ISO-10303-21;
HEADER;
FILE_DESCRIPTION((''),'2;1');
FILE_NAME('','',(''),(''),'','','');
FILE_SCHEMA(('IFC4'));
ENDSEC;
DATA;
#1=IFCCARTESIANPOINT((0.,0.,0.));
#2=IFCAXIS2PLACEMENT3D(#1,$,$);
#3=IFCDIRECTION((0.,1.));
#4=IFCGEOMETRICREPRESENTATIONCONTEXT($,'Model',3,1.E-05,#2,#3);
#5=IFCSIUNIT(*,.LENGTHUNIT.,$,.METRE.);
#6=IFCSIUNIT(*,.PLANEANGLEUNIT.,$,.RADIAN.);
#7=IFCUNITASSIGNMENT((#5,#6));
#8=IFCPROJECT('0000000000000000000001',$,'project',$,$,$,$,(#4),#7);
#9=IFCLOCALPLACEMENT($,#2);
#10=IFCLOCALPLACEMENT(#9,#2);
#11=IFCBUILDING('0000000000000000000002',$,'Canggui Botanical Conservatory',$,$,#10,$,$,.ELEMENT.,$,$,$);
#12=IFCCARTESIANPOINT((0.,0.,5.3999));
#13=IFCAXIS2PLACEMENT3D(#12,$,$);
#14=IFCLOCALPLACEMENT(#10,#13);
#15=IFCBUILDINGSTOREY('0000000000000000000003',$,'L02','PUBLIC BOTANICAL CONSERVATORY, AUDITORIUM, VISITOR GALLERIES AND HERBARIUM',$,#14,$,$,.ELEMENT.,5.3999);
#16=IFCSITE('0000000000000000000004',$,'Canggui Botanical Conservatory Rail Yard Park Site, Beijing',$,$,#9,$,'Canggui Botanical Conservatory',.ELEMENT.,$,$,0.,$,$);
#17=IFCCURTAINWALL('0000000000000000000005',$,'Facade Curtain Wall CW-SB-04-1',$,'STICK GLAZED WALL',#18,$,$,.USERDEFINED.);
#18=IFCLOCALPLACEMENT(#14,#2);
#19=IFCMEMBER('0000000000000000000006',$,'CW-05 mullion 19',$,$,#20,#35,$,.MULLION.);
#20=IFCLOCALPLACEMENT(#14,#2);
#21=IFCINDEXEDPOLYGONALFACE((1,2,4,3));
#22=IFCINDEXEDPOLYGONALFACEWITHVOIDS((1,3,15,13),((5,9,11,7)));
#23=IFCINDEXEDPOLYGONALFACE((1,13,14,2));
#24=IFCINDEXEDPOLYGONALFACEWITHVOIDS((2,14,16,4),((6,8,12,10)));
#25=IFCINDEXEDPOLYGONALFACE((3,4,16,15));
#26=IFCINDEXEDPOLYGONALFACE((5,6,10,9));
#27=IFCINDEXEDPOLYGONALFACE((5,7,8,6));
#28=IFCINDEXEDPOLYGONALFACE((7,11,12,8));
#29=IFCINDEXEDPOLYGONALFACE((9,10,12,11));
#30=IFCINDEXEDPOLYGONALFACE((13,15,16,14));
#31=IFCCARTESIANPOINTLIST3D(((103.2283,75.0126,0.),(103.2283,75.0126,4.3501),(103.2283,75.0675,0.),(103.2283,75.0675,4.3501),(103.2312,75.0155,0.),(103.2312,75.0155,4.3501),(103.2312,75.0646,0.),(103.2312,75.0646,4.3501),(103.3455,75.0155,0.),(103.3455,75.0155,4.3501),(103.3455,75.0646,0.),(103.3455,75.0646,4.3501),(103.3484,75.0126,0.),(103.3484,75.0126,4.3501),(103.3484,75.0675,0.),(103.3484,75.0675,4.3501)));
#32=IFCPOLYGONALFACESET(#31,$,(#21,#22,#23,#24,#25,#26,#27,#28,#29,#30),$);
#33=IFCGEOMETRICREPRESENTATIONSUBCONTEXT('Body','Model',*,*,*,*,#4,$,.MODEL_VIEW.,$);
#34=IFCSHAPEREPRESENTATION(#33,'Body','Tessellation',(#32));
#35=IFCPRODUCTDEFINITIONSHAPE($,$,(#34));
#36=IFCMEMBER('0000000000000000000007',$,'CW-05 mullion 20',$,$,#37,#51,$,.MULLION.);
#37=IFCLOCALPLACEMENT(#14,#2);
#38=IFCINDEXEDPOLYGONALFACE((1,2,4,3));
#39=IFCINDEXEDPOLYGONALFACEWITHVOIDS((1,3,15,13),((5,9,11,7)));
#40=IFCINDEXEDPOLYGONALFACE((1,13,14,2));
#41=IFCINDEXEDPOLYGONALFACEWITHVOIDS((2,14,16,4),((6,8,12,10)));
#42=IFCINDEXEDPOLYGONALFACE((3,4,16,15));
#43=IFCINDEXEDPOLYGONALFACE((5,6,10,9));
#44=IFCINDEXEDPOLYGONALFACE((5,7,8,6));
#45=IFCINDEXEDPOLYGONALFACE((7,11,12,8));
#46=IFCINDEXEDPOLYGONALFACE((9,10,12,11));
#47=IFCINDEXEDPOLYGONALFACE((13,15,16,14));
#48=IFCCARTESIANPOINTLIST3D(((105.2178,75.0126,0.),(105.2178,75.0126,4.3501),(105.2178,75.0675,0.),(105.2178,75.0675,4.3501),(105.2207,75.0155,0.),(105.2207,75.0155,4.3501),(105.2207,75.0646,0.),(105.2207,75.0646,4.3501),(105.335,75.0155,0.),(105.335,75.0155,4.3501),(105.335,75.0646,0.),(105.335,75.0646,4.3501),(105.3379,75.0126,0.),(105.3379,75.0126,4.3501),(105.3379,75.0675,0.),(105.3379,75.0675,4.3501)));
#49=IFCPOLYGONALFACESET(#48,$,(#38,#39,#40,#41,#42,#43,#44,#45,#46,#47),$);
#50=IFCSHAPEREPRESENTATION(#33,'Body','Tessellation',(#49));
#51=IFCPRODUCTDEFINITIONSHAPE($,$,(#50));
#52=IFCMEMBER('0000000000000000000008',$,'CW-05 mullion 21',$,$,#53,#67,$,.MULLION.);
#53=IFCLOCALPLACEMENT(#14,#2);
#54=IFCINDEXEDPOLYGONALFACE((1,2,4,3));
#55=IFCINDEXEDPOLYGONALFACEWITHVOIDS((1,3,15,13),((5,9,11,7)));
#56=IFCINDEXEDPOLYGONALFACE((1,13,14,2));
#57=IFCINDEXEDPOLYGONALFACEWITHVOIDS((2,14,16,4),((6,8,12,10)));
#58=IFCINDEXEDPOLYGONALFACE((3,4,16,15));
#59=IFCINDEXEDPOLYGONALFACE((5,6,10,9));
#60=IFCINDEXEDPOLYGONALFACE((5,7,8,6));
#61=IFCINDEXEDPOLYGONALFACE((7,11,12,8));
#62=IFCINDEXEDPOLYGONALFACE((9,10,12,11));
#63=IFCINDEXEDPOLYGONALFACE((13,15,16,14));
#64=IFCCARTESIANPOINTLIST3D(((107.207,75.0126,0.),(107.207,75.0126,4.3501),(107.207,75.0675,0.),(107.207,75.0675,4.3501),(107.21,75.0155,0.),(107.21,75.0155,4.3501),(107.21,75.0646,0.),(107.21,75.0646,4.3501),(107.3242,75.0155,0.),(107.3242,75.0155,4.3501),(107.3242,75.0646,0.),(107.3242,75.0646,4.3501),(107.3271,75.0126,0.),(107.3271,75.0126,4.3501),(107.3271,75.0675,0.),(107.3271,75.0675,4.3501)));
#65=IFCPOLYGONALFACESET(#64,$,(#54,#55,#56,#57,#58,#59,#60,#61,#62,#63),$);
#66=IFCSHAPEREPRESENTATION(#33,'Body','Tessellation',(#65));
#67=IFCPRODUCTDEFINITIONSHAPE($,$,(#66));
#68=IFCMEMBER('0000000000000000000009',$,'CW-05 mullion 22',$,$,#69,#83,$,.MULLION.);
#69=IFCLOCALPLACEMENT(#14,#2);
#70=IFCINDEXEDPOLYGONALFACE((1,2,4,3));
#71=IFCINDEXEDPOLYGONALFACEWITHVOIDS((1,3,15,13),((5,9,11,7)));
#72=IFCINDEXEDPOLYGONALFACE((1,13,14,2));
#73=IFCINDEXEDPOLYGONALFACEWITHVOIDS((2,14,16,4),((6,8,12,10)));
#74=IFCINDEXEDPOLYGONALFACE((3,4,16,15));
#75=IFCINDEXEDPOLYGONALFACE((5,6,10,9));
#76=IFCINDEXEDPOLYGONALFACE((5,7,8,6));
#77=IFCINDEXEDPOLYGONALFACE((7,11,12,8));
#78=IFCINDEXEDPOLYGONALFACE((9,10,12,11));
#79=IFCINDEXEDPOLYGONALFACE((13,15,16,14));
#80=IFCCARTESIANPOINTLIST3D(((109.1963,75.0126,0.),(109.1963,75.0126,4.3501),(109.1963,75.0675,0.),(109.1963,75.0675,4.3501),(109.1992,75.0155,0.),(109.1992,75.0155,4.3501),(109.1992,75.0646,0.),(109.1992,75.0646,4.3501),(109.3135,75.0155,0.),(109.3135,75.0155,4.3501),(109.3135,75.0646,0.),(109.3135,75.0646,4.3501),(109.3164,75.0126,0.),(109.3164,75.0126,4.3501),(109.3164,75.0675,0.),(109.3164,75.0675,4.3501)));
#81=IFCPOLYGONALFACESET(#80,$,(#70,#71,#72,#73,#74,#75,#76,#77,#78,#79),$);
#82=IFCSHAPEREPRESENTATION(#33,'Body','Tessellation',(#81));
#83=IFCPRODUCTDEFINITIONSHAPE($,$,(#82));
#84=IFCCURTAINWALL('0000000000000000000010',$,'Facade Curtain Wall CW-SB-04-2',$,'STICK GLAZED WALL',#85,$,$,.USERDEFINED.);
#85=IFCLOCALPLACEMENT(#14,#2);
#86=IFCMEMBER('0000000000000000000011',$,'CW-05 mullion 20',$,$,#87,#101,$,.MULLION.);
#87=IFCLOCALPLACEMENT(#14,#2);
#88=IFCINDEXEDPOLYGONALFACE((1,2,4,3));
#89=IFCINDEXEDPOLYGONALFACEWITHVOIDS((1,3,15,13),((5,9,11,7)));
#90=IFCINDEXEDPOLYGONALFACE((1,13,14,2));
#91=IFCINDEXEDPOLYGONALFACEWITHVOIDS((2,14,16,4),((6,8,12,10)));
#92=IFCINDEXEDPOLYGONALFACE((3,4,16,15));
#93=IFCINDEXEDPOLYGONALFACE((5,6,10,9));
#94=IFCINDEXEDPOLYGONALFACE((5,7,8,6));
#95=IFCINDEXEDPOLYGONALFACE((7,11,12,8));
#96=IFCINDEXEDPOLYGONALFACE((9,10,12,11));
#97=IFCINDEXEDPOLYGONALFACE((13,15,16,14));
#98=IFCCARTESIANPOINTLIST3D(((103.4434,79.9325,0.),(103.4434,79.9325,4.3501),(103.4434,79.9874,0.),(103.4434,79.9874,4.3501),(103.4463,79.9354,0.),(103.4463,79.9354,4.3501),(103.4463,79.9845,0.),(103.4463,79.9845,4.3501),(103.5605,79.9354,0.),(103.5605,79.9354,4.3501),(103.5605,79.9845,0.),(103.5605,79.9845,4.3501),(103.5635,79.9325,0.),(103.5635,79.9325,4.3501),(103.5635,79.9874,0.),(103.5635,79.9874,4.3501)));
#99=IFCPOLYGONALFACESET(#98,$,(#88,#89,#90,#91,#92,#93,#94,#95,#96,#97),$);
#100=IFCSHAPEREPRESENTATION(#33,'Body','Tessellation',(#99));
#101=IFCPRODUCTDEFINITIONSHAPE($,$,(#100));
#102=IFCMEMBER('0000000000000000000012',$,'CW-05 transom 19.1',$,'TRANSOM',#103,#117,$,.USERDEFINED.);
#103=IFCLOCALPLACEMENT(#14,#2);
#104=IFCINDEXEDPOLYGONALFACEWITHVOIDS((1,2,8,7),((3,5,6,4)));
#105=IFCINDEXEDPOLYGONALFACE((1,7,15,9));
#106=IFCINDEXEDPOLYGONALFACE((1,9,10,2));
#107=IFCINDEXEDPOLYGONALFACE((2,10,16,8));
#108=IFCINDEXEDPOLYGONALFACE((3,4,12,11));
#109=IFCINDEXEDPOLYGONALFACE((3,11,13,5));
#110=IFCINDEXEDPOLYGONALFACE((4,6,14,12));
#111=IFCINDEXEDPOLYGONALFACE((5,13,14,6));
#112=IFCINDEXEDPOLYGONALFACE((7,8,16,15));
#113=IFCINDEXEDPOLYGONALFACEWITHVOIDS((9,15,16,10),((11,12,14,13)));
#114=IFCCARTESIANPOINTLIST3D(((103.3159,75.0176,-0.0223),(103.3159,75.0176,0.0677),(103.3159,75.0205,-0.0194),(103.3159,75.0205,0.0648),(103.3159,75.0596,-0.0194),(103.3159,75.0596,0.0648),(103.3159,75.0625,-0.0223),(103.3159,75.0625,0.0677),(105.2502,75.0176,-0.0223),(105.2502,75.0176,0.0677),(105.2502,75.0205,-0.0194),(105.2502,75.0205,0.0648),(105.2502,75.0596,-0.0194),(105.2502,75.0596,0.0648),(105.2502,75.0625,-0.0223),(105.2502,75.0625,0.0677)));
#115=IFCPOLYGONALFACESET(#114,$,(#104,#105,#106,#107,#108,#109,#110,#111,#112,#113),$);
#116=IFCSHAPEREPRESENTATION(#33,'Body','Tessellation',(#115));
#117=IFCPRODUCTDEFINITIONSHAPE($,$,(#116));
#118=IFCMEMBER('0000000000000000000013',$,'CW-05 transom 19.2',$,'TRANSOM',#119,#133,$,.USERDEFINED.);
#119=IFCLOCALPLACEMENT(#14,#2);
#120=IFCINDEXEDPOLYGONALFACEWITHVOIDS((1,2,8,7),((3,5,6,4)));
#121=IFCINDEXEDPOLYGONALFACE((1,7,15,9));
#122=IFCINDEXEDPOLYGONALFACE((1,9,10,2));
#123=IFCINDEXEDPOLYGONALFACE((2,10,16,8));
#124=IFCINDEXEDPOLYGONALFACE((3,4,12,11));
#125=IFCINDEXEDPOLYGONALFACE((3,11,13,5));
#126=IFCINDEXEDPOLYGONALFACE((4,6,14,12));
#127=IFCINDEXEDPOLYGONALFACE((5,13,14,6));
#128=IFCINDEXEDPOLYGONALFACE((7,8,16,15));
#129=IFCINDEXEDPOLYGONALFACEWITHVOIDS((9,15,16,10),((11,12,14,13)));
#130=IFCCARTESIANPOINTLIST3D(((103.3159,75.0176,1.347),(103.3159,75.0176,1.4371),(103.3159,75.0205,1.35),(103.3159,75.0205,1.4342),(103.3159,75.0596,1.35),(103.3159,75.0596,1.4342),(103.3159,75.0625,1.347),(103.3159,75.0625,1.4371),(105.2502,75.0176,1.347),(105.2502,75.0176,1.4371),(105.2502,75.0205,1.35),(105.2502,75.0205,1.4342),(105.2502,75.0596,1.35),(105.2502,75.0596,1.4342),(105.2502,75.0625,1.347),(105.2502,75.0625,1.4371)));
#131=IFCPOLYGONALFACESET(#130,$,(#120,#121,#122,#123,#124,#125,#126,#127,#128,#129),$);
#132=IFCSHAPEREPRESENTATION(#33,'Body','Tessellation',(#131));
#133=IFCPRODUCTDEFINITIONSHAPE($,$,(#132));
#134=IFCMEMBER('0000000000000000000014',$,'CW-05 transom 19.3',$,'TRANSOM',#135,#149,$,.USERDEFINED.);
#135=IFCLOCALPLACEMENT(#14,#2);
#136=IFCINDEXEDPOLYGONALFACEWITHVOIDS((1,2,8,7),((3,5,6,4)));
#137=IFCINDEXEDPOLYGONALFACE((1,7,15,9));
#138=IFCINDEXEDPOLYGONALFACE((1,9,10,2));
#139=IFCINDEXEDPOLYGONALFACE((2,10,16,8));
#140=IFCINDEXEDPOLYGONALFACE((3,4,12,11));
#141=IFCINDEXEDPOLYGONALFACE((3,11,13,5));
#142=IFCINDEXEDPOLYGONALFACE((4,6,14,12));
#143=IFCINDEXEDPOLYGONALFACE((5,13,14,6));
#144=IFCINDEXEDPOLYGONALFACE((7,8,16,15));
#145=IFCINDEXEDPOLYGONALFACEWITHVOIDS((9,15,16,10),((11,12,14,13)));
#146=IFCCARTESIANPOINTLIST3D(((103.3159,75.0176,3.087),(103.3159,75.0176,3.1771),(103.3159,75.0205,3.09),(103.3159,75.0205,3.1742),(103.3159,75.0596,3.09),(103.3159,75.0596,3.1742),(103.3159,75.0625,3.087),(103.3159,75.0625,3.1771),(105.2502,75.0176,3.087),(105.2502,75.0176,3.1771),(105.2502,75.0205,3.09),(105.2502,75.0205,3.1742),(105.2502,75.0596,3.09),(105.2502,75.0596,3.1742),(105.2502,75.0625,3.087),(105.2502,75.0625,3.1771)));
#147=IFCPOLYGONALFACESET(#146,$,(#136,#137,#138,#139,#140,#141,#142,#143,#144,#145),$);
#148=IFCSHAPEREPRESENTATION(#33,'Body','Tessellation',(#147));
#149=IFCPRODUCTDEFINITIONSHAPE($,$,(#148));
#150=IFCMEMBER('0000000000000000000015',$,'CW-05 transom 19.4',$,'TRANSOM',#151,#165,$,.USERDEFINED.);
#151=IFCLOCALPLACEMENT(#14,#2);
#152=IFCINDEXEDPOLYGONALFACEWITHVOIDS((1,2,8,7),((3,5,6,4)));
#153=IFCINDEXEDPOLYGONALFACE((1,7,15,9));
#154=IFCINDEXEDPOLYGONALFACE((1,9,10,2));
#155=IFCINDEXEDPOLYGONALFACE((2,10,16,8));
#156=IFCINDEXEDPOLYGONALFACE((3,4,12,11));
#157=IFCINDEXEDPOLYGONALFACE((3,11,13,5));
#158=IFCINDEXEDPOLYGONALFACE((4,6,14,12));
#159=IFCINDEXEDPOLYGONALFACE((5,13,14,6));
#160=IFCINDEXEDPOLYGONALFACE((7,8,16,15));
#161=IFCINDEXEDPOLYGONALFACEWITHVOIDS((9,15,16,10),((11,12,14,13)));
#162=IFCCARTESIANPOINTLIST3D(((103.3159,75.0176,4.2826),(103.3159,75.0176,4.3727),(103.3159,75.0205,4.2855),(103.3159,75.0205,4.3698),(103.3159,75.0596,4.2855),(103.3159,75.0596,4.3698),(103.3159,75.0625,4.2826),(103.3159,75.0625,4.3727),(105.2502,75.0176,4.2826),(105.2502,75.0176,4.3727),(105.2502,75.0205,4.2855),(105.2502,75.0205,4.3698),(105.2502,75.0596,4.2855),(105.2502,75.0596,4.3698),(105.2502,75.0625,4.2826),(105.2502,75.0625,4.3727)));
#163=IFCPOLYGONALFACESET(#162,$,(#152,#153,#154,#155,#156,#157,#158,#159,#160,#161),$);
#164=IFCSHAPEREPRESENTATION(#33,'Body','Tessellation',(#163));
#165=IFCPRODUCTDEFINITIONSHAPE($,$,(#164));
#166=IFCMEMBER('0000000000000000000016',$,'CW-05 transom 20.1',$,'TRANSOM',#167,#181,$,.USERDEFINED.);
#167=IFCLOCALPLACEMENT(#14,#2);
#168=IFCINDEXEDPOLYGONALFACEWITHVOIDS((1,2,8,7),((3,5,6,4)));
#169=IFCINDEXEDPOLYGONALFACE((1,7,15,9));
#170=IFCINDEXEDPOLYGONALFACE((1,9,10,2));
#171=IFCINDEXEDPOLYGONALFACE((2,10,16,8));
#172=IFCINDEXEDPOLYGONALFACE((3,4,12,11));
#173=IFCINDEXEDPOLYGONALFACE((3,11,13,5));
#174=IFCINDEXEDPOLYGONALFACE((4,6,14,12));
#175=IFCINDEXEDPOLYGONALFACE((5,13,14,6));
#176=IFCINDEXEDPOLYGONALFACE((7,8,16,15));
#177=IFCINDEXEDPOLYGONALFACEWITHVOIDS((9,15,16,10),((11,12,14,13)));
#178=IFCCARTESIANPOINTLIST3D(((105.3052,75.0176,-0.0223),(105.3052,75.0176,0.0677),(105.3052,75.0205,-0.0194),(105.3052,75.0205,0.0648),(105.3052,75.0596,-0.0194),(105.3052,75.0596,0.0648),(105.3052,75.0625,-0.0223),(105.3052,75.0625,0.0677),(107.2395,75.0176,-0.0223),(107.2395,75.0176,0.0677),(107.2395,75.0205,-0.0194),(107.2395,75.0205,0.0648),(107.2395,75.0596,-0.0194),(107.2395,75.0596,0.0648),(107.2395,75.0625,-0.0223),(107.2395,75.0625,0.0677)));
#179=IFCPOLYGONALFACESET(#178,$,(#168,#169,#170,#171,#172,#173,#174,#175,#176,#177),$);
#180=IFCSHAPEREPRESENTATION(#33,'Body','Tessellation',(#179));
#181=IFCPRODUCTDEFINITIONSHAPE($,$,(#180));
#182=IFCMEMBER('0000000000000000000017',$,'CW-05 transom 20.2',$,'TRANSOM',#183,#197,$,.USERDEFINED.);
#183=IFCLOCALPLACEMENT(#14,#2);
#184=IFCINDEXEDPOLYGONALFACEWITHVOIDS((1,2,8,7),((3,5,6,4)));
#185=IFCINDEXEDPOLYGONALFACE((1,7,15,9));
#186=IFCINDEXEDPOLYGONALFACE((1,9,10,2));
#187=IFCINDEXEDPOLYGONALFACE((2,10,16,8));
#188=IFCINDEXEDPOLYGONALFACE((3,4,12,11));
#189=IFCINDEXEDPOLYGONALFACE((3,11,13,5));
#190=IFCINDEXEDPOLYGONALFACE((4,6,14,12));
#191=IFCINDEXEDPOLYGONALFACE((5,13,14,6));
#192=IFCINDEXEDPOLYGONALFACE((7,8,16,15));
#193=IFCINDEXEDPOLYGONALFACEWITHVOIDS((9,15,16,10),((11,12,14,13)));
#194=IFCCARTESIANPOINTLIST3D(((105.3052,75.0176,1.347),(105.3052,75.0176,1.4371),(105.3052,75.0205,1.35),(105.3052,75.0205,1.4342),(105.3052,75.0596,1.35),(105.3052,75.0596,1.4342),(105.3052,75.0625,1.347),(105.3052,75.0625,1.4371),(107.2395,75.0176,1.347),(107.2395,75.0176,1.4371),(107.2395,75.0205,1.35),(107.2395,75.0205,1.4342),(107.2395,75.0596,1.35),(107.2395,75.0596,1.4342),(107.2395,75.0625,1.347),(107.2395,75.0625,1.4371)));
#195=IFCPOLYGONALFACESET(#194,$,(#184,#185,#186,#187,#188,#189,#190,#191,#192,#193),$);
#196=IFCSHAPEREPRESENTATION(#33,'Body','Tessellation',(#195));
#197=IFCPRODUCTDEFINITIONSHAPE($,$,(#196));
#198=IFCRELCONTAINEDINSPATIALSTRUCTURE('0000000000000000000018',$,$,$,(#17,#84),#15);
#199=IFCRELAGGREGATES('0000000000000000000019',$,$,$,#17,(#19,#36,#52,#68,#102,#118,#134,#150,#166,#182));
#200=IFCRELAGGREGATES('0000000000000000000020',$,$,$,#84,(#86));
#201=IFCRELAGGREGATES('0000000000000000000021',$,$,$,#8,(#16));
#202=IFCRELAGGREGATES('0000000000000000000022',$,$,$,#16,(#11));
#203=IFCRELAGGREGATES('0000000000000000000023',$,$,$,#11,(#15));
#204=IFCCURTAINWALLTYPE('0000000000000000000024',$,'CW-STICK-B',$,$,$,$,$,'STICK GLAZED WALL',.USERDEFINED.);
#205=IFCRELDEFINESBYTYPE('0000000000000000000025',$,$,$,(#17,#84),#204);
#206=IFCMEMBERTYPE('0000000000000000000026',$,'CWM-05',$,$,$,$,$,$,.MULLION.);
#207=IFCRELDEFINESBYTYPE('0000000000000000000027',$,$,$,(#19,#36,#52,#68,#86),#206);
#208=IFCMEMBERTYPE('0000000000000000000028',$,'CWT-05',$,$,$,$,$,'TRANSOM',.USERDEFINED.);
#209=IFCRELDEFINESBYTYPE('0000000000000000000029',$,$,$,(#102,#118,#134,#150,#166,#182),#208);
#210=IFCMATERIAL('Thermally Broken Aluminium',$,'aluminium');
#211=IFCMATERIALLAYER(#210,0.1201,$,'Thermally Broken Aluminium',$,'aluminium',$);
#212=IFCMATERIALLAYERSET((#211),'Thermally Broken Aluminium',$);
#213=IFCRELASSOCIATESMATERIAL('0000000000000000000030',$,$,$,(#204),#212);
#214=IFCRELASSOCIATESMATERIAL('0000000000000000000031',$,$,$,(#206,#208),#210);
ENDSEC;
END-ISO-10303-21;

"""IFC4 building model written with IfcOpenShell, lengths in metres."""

from ifc_helpers import new_model, si_unit, direction, frame, origin, origin_2d, place, context, subcontext, project, spatial, hollow_rectangle, extrude, material, layer, layer_set, material_profile, profile_set, type_object, element, aggregate, save


model = new_model("IFC4")

# Units and contexts
model_context = context("Model", 3, precision=1e-05, world=origin(), true_north=direction((0.0, 1.0)))
body_context = subcontext(model_context, "Body", "Model", "MODEL_VIEW")
ifc_project = project(units=[si_unit("LENGTHUNIT", "METRE"), si_unit("PLANEANGLEUNIT", "RADIAN")], contexts=[model_context])

# Site, building, storey
site_placement = place(None, origin())
site = spatial("IfcSite", under=ifc_project, at=site_placement, Name="Canggui Botanical Conservatory Rail Yard Park Site, Beijing", LongName="Canggui Botanical Conservatory", CompositionType="ELEMENT", RefElevation=0.0)
building_placement = place(site_placement, origin())
building = spatial("IfcBuilding", under=site, at=building_placement, Name="Canggui Botanical Conservatory", CompositionType="ELEMENT")
storey_placement = place(building_placement, frame((0.0, 0.0, 5.3999)))
storey = spatial("IfcBuildingStorey", under=building, at=storey_placement, Name="L02", Description="PUBLIC BOTANICAL CONSERVATORY, AUDITORIUM, VISITOR GALLERIES AND HERBARIUM", CompositionType="ELEMENT", Elevation=5.3999)

# Curtain wall, members
ifc_material_1 = material(Name="Thermally Broken Aluminium", Category="aluminium")
ifc_layer_1 = layer(ifc_material_1, 0.1201, Name="Thermally Broken Aluminium", Category="aluminium")
ifc_layer_set_1 = layer_set([ifc_layer_1], Name="Thermally Broken Aluminium")
curtain_wall_type = type_object("IfcCurtainWallType", Name="CW-STICK-B", ElementType="STICK GLAZED WALL", PredefinedType="USERDEFINED", material=ifc_layer_set_1)
curtain_wall_1_placement = place(storey_placement, origin())
curtain_wall_1 = element("IfcCurtainWall", 1, at=curtain_wall_1_placement, inside=storey, type_object=curtain_wall_type, Name="Facade Curtain Wall CW-SB-04-1", ObjectType="STICK GLAZED WALL", PredefinedType="USERDEFINED")
ifc_material_profile_1 = material_profile(ifc_material_1, hollow_rectangle(XDim=0.0549, YDim=0.1201, WallThickness=0.0029, at=origin_2d()), Name="CWM 55x120x3")
ifc_profile_set_1 = profile_set([ifc_material_profile_1], Name="Thermally Broken Aluminium")
member_type_1 = type_object("IfcMemberType", Name="CWM-05", PredefinedType="MULLION", material=ifc_profile_set_1)
member_1_placement = place(storey_placement, frame((103.2883, 75.04, 0.0), z_axis=(0.0, 0.0, 1.0), x_axis=(0.0, 1.0, 0.0)))
member_1 = element("IfcMember", 2, at=member_1_placement, type_object=member_type_1, Name="CW-05 mullion 19", PredefinedType="MULLION", context=body_context, shape_type="SweptSolid", body=[
    extrude(hollow_rectangle(XDim=0.0549, YDim=0.1201, WallThickness=0.0029, at=origin_2d()), origin(), (0.0, 0.0, 1.0), 4.3501),
])
member_2_placement = place(storey_placement, frame((105.2778, 75.04, 0.0), z_axis=(0.0, 0.0, 1.0), x_axis=(0.0, 1.0, 0.0)))
member_2 = element("IfcMember", 3, at=member_2_placement, type_object=member_type_1, Name="CW-05 mullion 20", PredefinedType="MULLION", context=body_context, shape_type="SweptSolid", body=[
    extrude(hollow_rectangle(XDim=0.0549, YDim=0.1201, WallThickness=0.0029, at=origin_2d()), origin(), (0.0, 0.0, 1.0), 4.3501),
])
member_3_placement = place(storey_placement, frame((107.2671, 75.04, 0.0), z_axis=(0.0, 0.0, 1.0), x_axis=(0.0, 1.0, 0.0)))
member_3 = element("IfcMember", 4, at=member_3_placement, type_object=member_type_1, Name="CW-05 mullion 21", PredefinedType="MULLION", context=body_context, shape_type="SweptSolid", body=[
    extrude(hollow_rectangle(XDim=0.0549, YDim=0.1201, WallThickness=0.0029, at=origin_2d()), origin(), (0.0, 0.0, 1.0), 4.3501),
])
member_4_placement = place(storey_placement, frame((109.2563, 75.04, 0.0), z_axis=(0.0, 0.0, 1.0), x_axis=(0.0, 1.0, 0.0)))
member_4 = element("IfcMember", 5, at=member_4_placement, type_object=member_type_1, Name="CW-05 mullion 22", PredefinedType="MULLION", context=body_context, shape_type="SweptSolid", body=[
    extrude(hollow_rectangle(XDim=0.0549, YDim=0.1201, WallThickness=0.0029, at=origin_2d()), origin(), (0.0, 0.0, 1.0), 4.3501),
])

# Curtain wall, member
curtain_wall_2_placement = place(storey_placement, origin())
curtain_wall_2 = element("IfcCurtainWall", 6, at=curtain_wall_2_placement, inside=storey, type_object=curtain_wall_type, Name="Facade Curtain Wall CW-SB-04-2", ObjectType="STICK GLAZED WALL", PredefinedType="USERDEFINED")
member_5_placement = place(storey_placement, frame((103.5034, 79.96, 0.0), z_axis=(0.0, 0.0, 1.0), x_axis=(0.0, 1.0, 0.0)))
member_5 = element("IfcMember", 7, at=member_5_placement, type_object=member_type_1, Name="CW-05 mullion 20", PredefinedType="MULLION", context=body_context, shape_type="SweptSolid", body=[
    extrude(hollow_rectangle(XDim=0.0549, YDim=0.1201, WallThickness=0.0029, at=origin_2d()), origin(), (0.0, 0.0, 1.0), 4.3501),
])

# Members
ifc_material_profile_2 = material_profile(ifc_material_1, hollow_rectangle(XDim=0.0449, YDim=0.0901, WallThickness=0.0029, at=origin_2d()), Name="CWT 45x90x3")
ifc_profile_set_2 = profile_set([ifc_material_profile_2], Name="Thermally Broken Aluminium")
member_type_2 = type_object("IfcMemberType", Name="CWT-05", ElementType="TRANSOM", PredefinedType="USERDEFINED", material=ifc_profile_set_2)
member_6_placement = place(storey_placement, frame((103.3159, 75.04, 0.0227), z_axis=(1.0, 0.0, 0.0), x_axis=(0.0, 1.0, 0.0)))
member_6 = element("IfcMember", 8, at=member_6_placement, type_object=member_type_2, Name="CW-05 transom 19.1", ObjectType="TRANSOM", PredefinedType="USERDEFINED", context=body_context, shape_type="SweptSolid", body=[
    extrude(hollow_rectangle(XDim=0.0449, YDim=0.0901, WallThickness=0.0029, at=origin_2d()), origin(), (0.0, 0.0, 1.0), 1.9343),
])
member_7_placement = place(storey_placement, frame((103.3159, 75.04, 1.3921), z_axis=(1.0, 0.0, 0.0), x_axis=(0.0, 1.0, 0.0)))
member_7 = element("IfcMember", 9, at=member_7_placement, type_object=member_type_2, Name="CW-05 transom 19.2", ObjectType="TRANSOM", PredefinedType="USERDEFINED", context=body_context, shape_type="SweptSolid", body=[
    extrude(hollow_rectangle(XDim=0.0449, YDim=0.0901, WallThickness=0.0029, at=origin_2d()), origin(), (0.0, 0.0, 1.0), 1.9343),
])
member_8_placement = place(storey_placement, frame((103.3159, 75.04, 3.1321), z_axis=(1.0, 0.0, 0.0), x_axis=(0.0, 1.0, 0.0)))
member_8 = element("IfcMember", 10, at=member_8_placement, type_object=member_type_2, Name="CW-05 transom 19.3", ObjectType="TRANSOM", PredefinedType="USERDEFINED", context=body_context, shape_type="SweptSolid", body=[
    extrude(hollow_rectangle(XDim=0.0449, YDim=0.0901, WallThickness=0.0029, at=origin_2d()), origin(), (0.0, 0.0, 1.0), 1.9343),
])
member_9_placement = place(storey_placement, frame((103.3159, 75.04, 4.3276), z_axis=(1.0, 0.0, 0.0), x_axis=(0.0, 1.0, 0.0)))
member_9 = element("IfcMember", 11, at=member_9_placement, type_object=member_type_2, Name="CW-05 transom 19.4", ObjectType="TRANSOM", PredefinedType="USERDEFINED", context=body_context, shape_type="SweptSolid", body=[
    extrude(hollow_rectangle(XDim=0.0449, YDim=0.0901, WallThickness=0.0029, at=origin_2d()), origin(), (0.0, 0.0, 1.0), 1.9343),
])
member_10_placement = place(storey_placement, frame((105.3052, 75.04, 0.0227), z_axis=(1.0, 0.0, 0.0), x_axis=(0.0, 1.0, 0.0)))
member_10 = element("IfcMember", 12, at=member_10_placement, type_object=member_type_2, Name="CW-05 transom 20.1", ObjectType="TRANSOM", PredefinedType="USERDEFINED", context=body_context, shape_type="SweptSolid", body=[
    extrude(hollow_rectangle(XDim=0.0449, YDim=0.0901, WallThickness=0.0029, at=origin_2d()), origin(), (0.0, 0.0, 1.0), 1.9343),
])
member_11_placement = place(storey_placement, frame((105.3052, 75.04, 1.3921), z_axis=(1.0, 0.0, 0.0), x_axis=(0.0, 1.0, 0.0)))
member_11 = element("IfcMember", 13, at=member_11_placement, type_object=member_type_2, Name="CW-05 transom 20.2", ObjectType="TRANSOM", PredefinedType="USERDEFINED", context=body_context, shape_type="SweptSolid", body=[
    extrude(hollow_rectangle(XDim=0.0449, YDim=0.0901, WallThickness=0.0029, at=origin_2d()), origin(), (0.0, 0.0, 1.0), 1.9343),
])

aggregate(curtain_wall_1, [member_1, member_2, member_3, member_4, member_6, member_7, member_8, member_9, member_10, member_11])
aggregate(curtain_wall_2, [member_5])

save(model, "model.ifc")
